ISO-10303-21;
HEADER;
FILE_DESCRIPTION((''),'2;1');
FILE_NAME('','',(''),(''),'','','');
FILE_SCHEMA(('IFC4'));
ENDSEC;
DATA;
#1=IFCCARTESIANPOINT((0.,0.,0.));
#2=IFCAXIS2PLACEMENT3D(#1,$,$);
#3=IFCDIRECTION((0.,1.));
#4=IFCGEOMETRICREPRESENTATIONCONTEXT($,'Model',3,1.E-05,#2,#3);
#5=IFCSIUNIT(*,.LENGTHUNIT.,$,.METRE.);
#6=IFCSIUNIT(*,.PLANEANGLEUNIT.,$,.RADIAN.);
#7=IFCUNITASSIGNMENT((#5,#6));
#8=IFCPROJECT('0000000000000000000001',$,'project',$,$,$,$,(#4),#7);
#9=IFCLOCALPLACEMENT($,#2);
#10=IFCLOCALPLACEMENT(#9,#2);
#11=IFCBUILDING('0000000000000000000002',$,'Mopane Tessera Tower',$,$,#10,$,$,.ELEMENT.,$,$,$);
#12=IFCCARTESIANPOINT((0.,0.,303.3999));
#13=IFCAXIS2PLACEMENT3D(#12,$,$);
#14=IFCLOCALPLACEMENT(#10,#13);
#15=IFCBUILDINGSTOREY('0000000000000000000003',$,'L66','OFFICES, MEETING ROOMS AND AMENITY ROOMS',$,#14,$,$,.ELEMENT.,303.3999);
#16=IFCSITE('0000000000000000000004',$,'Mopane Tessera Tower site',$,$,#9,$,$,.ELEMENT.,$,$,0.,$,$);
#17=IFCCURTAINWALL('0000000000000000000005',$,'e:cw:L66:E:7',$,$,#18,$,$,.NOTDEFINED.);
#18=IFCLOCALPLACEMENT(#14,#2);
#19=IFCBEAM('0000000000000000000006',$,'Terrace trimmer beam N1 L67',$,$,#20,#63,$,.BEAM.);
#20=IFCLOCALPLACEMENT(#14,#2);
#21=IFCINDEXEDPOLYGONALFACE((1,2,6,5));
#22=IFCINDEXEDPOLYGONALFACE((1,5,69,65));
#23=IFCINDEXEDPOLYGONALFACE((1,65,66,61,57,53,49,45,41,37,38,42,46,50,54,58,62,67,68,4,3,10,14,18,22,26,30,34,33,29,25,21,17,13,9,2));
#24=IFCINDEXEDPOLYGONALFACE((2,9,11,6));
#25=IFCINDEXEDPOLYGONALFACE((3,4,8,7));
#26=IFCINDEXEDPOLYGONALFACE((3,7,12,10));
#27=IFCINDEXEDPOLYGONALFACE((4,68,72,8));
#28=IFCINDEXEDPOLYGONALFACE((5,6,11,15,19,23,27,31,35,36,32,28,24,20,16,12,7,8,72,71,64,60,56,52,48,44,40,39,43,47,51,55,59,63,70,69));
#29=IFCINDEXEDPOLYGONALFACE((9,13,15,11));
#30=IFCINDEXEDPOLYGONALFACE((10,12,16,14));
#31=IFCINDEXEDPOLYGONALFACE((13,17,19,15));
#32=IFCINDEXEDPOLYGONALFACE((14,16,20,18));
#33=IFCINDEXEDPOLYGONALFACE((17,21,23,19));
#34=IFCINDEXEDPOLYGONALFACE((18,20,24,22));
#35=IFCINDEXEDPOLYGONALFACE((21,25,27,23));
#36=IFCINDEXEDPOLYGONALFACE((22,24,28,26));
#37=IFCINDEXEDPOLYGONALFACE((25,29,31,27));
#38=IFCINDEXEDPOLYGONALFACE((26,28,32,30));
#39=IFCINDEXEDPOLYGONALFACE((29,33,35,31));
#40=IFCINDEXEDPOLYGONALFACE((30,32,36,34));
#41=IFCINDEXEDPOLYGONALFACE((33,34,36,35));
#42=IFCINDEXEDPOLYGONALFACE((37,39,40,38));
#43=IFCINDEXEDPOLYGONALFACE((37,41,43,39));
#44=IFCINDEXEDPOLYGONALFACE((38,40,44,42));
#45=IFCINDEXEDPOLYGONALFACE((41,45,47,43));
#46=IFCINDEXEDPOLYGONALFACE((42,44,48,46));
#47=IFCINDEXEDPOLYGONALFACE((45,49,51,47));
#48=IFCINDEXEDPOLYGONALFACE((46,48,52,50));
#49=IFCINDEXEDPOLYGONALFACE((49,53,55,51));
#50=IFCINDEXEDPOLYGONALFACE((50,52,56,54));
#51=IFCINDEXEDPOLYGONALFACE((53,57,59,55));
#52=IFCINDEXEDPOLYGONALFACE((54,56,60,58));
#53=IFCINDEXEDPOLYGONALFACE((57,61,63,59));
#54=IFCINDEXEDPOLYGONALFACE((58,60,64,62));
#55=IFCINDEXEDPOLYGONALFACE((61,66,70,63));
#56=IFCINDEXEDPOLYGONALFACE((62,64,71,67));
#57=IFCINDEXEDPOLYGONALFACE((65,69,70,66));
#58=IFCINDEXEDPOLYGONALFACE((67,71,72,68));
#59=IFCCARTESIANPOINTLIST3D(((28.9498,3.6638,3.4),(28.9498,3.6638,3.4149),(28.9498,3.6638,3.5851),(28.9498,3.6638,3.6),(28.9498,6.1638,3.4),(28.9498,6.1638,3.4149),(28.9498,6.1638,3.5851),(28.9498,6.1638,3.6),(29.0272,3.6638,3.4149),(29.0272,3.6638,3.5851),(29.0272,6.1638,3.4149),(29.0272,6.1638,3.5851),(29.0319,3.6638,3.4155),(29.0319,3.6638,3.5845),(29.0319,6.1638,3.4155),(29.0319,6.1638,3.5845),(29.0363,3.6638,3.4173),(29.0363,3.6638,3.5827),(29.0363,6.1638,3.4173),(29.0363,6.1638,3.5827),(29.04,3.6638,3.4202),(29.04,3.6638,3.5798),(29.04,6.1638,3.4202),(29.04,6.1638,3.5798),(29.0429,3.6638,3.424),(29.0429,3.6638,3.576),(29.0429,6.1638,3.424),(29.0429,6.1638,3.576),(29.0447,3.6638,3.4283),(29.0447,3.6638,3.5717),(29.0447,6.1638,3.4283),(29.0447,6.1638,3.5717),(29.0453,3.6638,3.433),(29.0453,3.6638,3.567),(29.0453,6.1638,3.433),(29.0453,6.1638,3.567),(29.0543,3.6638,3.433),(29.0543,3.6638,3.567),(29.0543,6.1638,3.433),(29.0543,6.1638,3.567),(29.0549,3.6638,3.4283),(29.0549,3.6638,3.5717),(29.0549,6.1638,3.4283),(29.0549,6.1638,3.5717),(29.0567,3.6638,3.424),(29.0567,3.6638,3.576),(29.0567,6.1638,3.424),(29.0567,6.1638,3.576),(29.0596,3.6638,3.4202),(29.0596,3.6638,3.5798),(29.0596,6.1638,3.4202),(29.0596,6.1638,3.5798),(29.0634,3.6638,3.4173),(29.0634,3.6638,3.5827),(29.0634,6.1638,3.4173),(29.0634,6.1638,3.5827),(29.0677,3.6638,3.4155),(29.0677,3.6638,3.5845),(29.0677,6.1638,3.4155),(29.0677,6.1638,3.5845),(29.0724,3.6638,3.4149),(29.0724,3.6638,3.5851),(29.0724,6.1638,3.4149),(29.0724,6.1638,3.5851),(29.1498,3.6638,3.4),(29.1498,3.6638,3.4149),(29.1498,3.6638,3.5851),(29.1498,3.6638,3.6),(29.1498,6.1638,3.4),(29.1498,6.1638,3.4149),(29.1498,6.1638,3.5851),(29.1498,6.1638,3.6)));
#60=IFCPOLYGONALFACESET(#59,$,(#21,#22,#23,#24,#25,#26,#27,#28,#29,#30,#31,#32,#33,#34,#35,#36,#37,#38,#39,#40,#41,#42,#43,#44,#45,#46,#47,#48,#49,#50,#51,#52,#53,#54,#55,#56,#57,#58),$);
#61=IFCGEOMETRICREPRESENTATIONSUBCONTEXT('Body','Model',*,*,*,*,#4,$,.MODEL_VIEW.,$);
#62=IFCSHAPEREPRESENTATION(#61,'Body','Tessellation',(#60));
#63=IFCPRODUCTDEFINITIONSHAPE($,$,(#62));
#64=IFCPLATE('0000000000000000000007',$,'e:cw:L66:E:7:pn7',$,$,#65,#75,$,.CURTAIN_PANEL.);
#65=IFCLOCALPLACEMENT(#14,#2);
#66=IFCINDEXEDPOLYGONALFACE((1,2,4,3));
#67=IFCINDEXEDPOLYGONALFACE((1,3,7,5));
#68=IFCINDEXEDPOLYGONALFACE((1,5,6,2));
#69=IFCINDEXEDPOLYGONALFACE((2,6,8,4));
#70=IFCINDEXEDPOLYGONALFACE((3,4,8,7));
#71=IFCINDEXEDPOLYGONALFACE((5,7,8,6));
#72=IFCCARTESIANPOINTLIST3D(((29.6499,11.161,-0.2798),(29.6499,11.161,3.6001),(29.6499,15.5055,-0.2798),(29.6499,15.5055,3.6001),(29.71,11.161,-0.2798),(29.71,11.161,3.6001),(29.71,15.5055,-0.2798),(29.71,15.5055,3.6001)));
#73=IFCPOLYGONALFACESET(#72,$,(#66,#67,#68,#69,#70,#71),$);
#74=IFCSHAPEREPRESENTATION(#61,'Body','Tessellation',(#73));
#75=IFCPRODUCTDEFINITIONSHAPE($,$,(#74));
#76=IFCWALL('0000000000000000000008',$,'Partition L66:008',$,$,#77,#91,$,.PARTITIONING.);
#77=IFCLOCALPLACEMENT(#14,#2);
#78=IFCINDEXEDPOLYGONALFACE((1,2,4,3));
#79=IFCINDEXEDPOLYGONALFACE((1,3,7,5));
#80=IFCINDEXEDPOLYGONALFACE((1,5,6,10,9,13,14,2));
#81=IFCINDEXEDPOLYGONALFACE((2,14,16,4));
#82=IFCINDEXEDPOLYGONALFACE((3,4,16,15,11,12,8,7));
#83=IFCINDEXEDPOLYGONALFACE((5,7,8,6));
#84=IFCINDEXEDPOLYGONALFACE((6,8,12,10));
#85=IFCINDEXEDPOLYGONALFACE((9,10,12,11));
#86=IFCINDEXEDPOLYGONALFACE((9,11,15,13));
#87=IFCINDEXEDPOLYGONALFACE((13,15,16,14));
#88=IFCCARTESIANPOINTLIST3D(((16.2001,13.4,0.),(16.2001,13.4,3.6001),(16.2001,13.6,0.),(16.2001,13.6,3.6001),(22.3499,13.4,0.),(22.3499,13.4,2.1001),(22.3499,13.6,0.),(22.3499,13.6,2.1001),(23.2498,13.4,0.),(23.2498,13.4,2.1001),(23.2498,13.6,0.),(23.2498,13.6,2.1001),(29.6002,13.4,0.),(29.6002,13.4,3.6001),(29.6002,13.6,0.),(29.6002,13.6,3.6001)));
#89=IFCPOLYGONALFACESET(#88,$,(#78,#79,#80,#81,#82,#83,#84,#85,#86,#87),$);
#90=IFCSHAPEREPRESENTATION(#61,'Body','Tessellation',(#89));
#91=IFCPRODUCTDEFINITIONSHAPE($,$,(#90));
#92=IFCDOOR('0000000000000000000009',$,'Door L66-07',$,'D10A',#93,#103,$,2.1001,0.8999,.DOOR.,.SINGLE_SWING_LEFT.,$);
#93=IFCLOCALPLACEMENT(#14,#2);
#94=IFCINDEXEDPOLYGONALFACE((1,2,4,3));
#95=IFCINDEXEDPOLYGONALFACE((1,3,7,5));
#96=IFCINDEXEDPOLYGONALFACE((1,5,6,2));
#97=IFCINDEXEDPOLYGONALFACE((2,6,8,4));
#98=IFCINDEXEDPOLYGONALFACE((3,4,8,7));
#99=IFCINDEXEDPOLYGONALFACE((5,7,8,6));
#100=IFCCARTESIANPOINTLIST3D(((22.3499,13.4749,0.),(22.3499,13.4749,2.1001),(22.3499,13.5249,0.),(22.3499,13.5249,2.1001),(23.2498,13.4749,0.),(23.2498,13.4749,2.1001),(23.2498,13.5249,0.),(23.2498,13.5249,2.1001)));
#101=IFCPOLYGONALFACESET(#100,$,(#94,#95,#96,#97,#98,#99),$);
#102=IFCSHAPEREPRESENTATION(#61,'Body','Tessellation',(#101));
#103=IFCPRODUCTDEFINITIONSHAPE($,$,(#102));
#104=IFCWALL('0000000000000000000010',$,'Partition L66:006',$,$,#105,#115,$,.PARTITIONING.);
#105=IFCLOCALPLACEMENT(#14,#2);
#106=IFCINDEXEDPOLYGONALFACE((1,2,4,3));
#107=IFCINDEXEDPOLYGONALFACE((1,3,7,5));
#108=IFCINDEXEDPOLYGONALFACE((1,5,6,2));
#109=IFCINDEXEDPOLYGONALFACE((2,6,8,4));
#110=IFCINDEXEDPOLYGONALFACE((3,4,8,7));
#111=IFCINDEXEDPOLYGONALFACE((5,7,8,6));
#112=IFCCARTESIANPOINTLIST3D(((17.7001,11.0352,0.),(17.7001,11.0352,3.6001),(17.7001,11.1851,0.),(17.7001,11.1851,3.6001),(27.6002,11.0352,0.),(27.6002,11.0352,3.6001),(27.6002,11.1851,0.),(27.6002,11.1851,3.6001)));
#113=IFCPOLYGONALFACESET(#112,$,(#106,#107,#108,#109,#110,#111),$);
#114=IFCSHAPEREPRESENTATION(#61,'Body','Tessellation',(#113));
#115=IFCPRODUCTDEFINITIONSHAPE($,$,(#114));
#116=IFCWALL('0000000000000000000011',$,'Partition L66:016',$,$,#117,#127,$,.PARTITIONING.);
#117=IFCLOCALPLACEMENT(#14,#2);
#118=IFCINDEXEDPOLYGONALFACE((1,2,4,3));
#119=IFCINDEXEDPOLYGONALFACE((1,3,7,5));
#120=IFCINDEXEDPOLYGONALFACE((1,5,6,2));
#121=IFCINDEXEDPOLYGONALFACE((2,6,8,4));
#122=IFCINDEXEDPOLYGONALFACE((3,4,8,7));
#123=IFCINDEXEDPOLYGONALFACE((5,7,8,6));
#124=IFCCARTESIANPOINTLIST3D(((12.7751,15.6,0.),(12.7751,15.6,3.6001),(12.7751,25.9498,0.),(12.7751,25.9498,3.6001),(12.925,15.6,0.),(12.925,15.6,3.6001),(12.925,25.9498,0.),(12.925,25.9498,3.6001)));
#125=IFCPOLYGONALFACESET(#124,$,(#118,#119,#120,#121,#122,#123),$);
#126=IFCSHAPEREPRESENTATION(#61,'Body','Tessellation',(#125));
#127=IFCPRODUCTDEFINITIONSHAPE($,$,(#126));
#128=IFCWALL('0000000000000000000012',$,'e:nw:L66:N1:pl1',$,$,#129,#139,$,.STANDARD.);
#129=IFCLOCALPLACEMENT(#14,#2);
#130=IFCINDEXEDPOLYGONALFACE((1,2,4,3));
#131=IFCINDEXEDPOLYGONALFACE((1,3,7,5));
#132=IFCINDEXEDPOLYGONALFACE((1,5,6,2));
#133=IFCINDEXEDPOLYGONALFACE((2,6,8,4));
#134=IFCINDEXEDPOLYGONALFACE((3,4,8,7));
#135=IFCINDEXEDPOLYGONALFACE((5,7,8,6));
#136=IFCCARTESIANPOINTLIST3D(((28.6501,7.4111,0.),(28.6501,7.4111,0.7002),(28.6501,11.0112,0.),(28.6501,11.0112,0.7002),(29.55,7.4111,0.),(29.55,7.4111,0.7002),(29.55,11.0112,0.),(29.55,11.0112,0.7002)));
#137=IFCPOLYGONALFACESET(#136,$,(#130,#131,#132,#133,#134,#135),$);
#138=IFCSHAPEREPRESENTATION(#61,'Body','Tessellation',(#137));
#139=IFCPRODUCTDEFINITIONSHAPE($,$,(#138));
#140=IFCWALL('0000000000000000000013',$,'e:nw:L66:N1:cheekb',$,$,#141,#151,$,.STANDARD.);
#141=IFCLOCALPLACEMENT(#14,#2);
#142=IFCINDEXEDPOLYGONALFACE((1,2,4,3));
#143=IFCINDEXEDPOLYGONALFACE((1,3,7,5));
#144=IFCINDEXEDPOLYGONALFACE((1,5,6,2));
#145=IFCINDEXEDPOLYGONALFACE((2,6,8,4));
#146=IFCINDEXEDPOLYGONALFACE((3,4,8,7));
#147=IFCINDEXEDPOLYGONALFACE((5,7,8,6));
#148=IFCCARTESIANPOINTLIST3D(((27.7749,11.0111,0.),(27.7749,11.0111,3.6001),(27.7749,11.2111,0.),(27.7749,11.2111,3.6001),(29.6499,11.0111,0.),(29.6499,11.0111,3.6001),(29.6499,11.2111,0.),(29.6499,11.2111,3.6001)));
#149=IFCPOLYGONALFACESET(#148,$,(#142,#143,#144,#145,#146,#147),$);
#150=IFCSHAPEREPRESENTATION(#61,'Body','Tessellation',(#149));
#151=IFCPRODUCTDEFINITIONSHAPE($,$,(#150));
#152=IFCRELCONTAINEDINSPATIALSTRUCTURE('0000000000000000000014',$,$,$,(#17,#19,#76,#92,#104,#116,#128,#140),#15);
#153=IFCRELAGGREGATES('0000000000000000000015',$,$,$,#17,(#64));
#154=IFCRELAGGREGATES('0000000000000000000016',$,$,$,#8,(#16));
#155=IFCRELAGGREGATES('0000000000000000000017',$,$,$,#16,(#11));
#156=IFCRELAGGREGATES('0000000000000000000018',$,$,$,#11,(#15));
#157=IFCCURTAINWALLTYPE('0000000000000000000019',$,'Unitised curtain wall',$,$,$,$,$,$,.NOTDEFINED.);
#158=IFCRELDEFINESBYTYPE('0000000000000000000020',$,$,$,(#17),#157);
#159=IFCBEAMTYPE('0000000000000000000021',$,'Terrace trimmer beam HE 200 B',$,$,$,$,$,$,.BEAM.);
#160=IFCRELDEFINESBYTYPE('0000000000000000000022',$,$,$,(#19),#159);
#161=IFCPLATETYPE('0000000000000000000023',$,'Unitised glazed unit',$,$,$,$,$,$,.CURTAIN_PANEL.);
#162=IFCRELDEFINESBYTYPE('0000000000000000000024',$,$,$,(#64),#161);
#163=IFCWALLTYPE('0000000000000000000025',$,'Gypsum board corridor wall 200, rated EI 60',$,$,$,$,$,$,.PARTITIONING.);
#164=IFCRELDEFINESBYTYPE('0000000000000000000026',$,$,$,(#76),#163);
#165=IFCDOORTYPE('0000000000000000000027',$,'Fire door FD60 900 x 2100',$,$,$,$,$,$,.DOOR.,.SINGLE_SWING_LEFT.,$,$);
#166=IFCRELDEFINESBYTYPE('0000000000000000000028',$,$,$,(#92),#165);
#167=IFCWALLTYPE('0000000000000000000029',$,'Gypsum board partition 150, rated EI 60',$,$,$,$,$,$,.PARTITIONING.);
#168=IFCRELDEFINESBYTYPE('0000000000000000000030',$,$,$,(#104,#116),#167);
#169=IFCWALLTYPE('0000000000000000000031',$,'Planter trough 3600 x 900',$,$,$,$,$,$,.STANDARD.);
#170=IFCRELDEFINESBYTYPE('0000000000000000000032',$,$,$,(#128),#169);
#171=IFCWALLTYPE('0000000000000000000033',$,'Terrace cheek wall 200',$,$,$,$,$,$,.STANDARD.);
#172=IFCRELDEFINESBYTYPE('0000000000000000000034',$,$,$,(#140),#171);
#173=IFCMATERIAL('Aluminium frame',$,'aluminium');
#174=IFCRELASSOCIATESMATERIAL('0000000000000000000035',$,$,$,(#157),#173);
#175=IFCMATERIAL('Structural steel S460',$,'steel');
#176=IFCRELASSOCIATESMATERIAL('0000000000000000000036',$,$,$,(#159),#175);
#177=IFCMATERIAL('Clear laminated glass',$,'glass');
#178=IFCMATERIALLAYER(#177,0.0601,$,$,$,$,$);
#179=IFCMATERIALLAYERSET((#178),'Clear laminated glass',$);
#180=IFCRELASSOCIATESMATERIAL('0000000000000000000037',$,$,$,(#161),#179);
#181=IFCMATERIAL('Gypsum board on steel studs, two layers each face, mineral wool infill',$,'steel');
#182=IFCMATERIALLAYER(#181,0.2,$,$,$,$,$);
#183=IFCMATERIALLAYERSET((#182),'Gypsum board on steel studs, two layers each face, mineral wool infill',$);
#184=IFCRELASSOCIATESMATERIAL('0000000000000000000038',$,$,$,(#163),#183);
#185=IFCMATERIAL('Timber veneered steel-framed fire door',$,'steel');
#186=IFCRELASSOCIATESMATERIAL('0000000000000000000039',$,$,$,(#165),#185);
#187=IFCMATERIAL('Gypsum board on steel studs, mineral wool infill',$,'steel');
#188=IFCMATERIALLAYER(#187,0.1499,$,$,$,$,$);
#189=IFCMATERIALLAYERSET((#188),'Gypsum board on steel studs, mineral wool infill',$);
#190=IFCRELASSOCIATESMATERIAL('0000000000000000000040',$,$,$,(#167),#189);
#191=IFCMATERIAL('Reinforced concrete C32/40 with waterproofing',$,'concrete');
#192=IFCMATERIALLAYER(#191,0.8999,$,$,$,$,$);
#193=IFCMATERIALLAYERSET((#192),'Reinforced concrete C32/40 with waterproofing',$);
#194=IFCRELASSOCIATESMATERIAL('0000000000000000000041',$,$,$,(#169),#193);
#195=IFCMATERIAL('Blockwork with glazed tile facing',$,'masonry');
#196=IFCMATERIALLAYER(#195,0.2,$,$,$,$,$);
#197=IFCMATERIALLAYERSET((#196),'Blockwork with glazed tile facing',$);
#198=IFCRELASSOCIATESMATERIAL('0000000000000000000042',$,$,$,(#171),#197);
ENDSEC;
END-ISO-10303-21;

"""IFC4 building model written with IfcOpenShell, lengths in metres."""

from ifc_helpers import new_model, si_unit, direction, frame, frame_2d, origin, origin_2d, place, context, subcontext, project, spatial, rectangle, i_section, extrude, material, layer, layer_set, material_profile, profile_set, type_object, element, fill, aggregate, save


model = new_model("IFC4")

# Units and contexts
model_context = context("Model", 3, precision=1e-05, world=origin(), true_north=direction((0.0, 1.0)))
body_context = subcontext(model_context, "Body", "Model", "MODEL_VIEW")
ifc_project = project(units=[si_unit("LENGTHUNIT", "METRE"), si_unit("PLANEANGLEUNIT", "RADIAN")], contexts=[model_context])

# Site, building, storey
site_placement = place(None, origin())
site = spatial("IfcSite", under=ifc_project, at=site_placement, Name="Mopane Tessera Tower site", CompositionType="ELEMENT", RefElevation=0.0)
building_placement = place(site_placement, origin())
building = spatial("IfcBuilding", under=site, at=building_placement, Name="Mopane Tessera Tower", CompositionType="ELEMENT")
storey_placement = place(building_placement, frame((0.0, 0.0, 303.3999)))
storey = spatial("IfcBuildingStorey", under=building, at=storey_placement, Name="L66", Description="OFFICES, MEETING ROOMS AND AMENITY ROOMS", CompositionType="ELEMENT", Elevation=303.3999)

# Curtain wall
ifc_material_1 = material(Name="Aluminium frame", Category="aluminium")
curtain_wall_type = type_object("IfcCurtainWallType", Name="Unitised curtain wall", PredefinedType="NOTDEFINED", material=ifc_material_1)
curtain_wall_placement = place(storey_placement, origin())
curtain_wall = element("IfcCurtainWall", 1, at=curtain_wall_placement, inside=storey, type_object=curtain_wall_type, Name="e:cw:L66:E:7", PredefinedType="NOTDEFINED")

# Beam
ifc_material_2 = material(Name="Structural steel S460", Category="steel")
ifc_material_profile_1 = material_profile(ifc_material_2, i_section(OverallWidth=0.2, OverallDepth=0.2, WebThickness=0.009, FlangeThickness=0.0149, FilletRadius=0.0181, at=origin_2d()))
ifc_profile_set_1 = profile_set([ifc_material_profile_1], Name="Structural steel S460")
beam_type_1 = type_object("IfcBeamType", Name="Terrace trimmer beam HE 200 B", PredefinedType="BEAM", material=ifc_profile_set_1)
beam_1_placement = place(storey_placement, frame((29.0498, 6.1638, 3.5), z_axis=(0.0, -1.0, 0.0), x_axis=(1.0, 0.0, 0.0)))
element("IfcBeam", 2, at=beam_1_placement, inside=storey, type_object=beam_type_1, Name="Terrace trimmer beam N1 L67", PredefinedType="BEAM", context=body_context, shape_type="SweptSolid", body=[
    extrude(i_section(OverallWidth=0.2, OverallDepth=0.2, WebThickness=0.009, FlangeThickness=0.0149, FilletRadius=0.0181, at=origin_2d()), origin(), (0.0, 0.0, 1.0), 2.5),
])

# Plate
ifc_material_3 = material(Name="Clear laminated glass", Category="glass")
ifc_layer_1 = layer(ifc_material_3, 0.0601)
ifc_layer_set_1 = layer_set([ifc_layer_1], Name="Clear laminated glass")
plate_type = type_object("IfcPlateType", Name="Unitised glazed unit", PredefinedType="CURTAIN_PANEL", material=ifc_layer_set_1)
plate_placement = place(storey_placement, frame((29.6799, 13.3333, -0.2798), z_axis=(0.0, 0.0, 1.0), x_axis=(0.0, 1.0, 0.0)))
plate = element("IfcPlate", 3, at=plate_placement, type_object=plate_type, Name="e:cw:L66:E:7:pn7", PredefinedType="CURTAIN_PANEL", context=body_context, shape_type="SweptSolid", body=[
    extrude(rectangle(XDim=4.3445, YDim=0.0601, at=origin_2d()), origin(), (0.0, 0.0, 1.0), 3.8799),
])
aggregate(curtain_wall, [plate])

# Wall, opening, door
ifc_material_4 = material(Name="Gypsum board on steel studs, two layers each face, mineral wool infill", Category="steel")
ifc_layer_2 = layer(ifc_material_4, 0.2)
ifc_layer_set_2 = layer_set([ifc_layer_2], Name="Gypsum board on steel studs, two layers each face, mineral wool infill")
wall_type_1 = type_object("IfcWallType", Name="Gypsum board corridor wall 200, rated EI 60", PredefinedType="PARTITIONING", material=ifc_layer_set_2)
wall_1_placement = place(storey_placement, frame((16.2, 13.5, 0.0), z_axis=(0.0, 0.0, 1.0), x_axis=(1.0, 0.0, 0.0)))
wall_1 = element("IfcWall", 4, at=wall_1_placement, inside=storey, type_object=wall_type_1, Name="Partition L66:008", PredefinedType="PARTITIONING", context=body_context, shape_type="SweptSolid", body=[
    extrude(rectangle(XDim=13.4001, YDim=0.2, at=frame_2d((6.7002, 0.0))), origin(), (0.0, 0.0, 1.0), 3.6001),
])
opening_placement = place(wall_1_placement, frame((6.1499, 0.0, 0.0)))
opening = element("IfcOpeningElement", 5, at=opening_placement, cuts=wall_1, PredefinedType="OPENING", context=body_context, shape_type="SweptSolid", body=[
    extrude(rectangle(XDim=0.8999, YDim=2.1001, at=frame_2d((0.45, 1.05))), frame((0.0, 0.1121, 0.0), z_axis=(0.0, -1.0, 0.0), x_axis=(1.0, 0.0, 0.0)), (0.0, 0.0, 1.0), 0.2239),
])
ifc_material_5 = material(Name="Timber veneered steel-framed fire door", Category="steel")
door_type = type_object("IfcDoorType", Name="Fire door FD60 900 x 2100", OperationType="SINGLE_SWING_LEFT", PredefinedType="DOOR", material=ifc_material_5)
door_placement = place(opening_placement, origin())
door = element("IfcDoor", 6, at=door_placement, inside=storey, type_object=door_type, Name="Door L66-07", ObjectType="D10A", OperationType="SINGLE_SWING_LEFT", OverallHeight=2.1001, OverallWidth=0.8999, PredefinedType="DOOR", context=body_context, shape_type="SweptSolid", body=[
    extrude(rectangle(XDim=0.8999, YDim=2.1001, at=frame_2d((0.45, 1.05))), frame((0.0, 0.0249, 0.0), z_axis=(0.0, -1.0, 0.0), x_axis=(1.0, 0.0, 0.0)), (0.0, 0.0, 1.0), 0.05),
])
fill(opening, door)

# Walls
ifc_material_6 = material(Name="Gypsum board on steel studs, mineral wool infill", Category="steel")
ifc_layer_3 = layer(ifc_material_6, 0.1499)
ifc_layer_set_3 = layer_set([ifc_layer_3], Name="Gypsum board on steel studs, mineral wool infill")
wall_type_2 = type_object("IfcWallType", Name="Gypsum board partition 150, rated EI 60", PredefinedType="PARTITIONING", material=ifc_layer_set_3)
wall_2_placement = place(storey_placement, frame((17.7, 11.1101, 0.0), z_axis=(0.0, 0.0, 1.0), x_axis=(1.0, 0.0, 0.0)))
element("IfcWall", 7, at=wall_2_placement, inside=storey, type_object=wall_type_2, Name="Partition L66:006", PredefinedType="PARTITIONING", context=body_context, shape_type="SweptSolid", body=[
    extrude(rectangle(XDim=9.9001, YDim=0.1499, at=frame_2d((4.9502, 0.0))), origin(), (0.0, 0.0, 1.0), 3.6001),
])
wall_3_placement = place(storey_placement, frame((12.8501, 15.6001, 0.0), z_axis=(0.0, 0.0, 1.0), x_axis=(0.0, 1.0, 0.0)))
element("IfcWall", 8, at=wall_3_placement, inside=storey, type_object=wall_type_2, Name="Partition L66:016", PredefinedType="PARTITIONING", context=body_context, shape_type="SweptSolid", body=[
    extrude(rectangle(XDim=10.3499, YDim=0.1499, at=frame_2d((5.1748, 0.0))), origin(), (0.0, 0.0, 1.0), 3.6001),
])
ifc_material_7 = material(Name="Reinforced concrete C32/40 with waterproofing", Category="concrete")
ifc_layer_4 = layer(ifc_material_7, 0.8999)
ifc_layer_set_4 = layer_set([ifc_layer_4], Name="Reinforced concrete C32/40 with waterproofing")
wall_type_3 = type_object("IfcWallType", Name="Planter trough 3600 x 900", PredefinedType="STANDARD", material=ifc_layer_set_4)
wall_4_placement = place(storey_placement, frame((29.1001, 7.4111, 0.0), z_axis=(0.0, 0.0, 1.0), x_axis=(0.0, 1.0, 0.0)))
element("IfcWall", 9, at=wall_4_placement, inside=storey, type_object=wall_type_3, Name="e:nw:L66:N1:pl1", PredefinedType="STANDARD", context=body_context, shape_type="SweptSolid", body=[
    extrude(rectangle(XDim=3.6001, YDim=0.8999, at=frame_2d((1.8, 0.0))), origin(), (0.0, 0.0, 1.0), 0.7002),
])
ifc_material_8 = material(Name="Blockwork with glazed tile facing", Category="masonry")
ifc_layer_5 = layer(ifc_material_8, 0.2)
ifc_layer_set_5 = layer_set([ifc_layer_5], Name="Blockwork with glazed tile facing")
wall_type_4 = type_object("IfcWallType", Name="Terrace cheek wall 200", PredefinedType="STANDARD", material=ifc_layer_set_5)
wall_5_placement = place(storey_placement, frame((29.6499, 11.1111, 0.0), z_axis=(0.0, 0.0, 1.0), x_axis=(-1.0, 0.0, 0.0)))
element("IfcWall", 10, at=wall_5_placement, inside=storey, type_object=wall_type_4, Name="e:nw:L66:N1:cheekb", PredefinedType="STANDARD", context=body_context, shape_type="SweptSolid", body=[
    extrude(rectangle(XDim=1.875, YDim=0.2, at=frame_2d((0.9375, 0.0))), origin(), (0.0, 0.0, 1.0), 3.6001),
])

save(model, "model.ifc")
